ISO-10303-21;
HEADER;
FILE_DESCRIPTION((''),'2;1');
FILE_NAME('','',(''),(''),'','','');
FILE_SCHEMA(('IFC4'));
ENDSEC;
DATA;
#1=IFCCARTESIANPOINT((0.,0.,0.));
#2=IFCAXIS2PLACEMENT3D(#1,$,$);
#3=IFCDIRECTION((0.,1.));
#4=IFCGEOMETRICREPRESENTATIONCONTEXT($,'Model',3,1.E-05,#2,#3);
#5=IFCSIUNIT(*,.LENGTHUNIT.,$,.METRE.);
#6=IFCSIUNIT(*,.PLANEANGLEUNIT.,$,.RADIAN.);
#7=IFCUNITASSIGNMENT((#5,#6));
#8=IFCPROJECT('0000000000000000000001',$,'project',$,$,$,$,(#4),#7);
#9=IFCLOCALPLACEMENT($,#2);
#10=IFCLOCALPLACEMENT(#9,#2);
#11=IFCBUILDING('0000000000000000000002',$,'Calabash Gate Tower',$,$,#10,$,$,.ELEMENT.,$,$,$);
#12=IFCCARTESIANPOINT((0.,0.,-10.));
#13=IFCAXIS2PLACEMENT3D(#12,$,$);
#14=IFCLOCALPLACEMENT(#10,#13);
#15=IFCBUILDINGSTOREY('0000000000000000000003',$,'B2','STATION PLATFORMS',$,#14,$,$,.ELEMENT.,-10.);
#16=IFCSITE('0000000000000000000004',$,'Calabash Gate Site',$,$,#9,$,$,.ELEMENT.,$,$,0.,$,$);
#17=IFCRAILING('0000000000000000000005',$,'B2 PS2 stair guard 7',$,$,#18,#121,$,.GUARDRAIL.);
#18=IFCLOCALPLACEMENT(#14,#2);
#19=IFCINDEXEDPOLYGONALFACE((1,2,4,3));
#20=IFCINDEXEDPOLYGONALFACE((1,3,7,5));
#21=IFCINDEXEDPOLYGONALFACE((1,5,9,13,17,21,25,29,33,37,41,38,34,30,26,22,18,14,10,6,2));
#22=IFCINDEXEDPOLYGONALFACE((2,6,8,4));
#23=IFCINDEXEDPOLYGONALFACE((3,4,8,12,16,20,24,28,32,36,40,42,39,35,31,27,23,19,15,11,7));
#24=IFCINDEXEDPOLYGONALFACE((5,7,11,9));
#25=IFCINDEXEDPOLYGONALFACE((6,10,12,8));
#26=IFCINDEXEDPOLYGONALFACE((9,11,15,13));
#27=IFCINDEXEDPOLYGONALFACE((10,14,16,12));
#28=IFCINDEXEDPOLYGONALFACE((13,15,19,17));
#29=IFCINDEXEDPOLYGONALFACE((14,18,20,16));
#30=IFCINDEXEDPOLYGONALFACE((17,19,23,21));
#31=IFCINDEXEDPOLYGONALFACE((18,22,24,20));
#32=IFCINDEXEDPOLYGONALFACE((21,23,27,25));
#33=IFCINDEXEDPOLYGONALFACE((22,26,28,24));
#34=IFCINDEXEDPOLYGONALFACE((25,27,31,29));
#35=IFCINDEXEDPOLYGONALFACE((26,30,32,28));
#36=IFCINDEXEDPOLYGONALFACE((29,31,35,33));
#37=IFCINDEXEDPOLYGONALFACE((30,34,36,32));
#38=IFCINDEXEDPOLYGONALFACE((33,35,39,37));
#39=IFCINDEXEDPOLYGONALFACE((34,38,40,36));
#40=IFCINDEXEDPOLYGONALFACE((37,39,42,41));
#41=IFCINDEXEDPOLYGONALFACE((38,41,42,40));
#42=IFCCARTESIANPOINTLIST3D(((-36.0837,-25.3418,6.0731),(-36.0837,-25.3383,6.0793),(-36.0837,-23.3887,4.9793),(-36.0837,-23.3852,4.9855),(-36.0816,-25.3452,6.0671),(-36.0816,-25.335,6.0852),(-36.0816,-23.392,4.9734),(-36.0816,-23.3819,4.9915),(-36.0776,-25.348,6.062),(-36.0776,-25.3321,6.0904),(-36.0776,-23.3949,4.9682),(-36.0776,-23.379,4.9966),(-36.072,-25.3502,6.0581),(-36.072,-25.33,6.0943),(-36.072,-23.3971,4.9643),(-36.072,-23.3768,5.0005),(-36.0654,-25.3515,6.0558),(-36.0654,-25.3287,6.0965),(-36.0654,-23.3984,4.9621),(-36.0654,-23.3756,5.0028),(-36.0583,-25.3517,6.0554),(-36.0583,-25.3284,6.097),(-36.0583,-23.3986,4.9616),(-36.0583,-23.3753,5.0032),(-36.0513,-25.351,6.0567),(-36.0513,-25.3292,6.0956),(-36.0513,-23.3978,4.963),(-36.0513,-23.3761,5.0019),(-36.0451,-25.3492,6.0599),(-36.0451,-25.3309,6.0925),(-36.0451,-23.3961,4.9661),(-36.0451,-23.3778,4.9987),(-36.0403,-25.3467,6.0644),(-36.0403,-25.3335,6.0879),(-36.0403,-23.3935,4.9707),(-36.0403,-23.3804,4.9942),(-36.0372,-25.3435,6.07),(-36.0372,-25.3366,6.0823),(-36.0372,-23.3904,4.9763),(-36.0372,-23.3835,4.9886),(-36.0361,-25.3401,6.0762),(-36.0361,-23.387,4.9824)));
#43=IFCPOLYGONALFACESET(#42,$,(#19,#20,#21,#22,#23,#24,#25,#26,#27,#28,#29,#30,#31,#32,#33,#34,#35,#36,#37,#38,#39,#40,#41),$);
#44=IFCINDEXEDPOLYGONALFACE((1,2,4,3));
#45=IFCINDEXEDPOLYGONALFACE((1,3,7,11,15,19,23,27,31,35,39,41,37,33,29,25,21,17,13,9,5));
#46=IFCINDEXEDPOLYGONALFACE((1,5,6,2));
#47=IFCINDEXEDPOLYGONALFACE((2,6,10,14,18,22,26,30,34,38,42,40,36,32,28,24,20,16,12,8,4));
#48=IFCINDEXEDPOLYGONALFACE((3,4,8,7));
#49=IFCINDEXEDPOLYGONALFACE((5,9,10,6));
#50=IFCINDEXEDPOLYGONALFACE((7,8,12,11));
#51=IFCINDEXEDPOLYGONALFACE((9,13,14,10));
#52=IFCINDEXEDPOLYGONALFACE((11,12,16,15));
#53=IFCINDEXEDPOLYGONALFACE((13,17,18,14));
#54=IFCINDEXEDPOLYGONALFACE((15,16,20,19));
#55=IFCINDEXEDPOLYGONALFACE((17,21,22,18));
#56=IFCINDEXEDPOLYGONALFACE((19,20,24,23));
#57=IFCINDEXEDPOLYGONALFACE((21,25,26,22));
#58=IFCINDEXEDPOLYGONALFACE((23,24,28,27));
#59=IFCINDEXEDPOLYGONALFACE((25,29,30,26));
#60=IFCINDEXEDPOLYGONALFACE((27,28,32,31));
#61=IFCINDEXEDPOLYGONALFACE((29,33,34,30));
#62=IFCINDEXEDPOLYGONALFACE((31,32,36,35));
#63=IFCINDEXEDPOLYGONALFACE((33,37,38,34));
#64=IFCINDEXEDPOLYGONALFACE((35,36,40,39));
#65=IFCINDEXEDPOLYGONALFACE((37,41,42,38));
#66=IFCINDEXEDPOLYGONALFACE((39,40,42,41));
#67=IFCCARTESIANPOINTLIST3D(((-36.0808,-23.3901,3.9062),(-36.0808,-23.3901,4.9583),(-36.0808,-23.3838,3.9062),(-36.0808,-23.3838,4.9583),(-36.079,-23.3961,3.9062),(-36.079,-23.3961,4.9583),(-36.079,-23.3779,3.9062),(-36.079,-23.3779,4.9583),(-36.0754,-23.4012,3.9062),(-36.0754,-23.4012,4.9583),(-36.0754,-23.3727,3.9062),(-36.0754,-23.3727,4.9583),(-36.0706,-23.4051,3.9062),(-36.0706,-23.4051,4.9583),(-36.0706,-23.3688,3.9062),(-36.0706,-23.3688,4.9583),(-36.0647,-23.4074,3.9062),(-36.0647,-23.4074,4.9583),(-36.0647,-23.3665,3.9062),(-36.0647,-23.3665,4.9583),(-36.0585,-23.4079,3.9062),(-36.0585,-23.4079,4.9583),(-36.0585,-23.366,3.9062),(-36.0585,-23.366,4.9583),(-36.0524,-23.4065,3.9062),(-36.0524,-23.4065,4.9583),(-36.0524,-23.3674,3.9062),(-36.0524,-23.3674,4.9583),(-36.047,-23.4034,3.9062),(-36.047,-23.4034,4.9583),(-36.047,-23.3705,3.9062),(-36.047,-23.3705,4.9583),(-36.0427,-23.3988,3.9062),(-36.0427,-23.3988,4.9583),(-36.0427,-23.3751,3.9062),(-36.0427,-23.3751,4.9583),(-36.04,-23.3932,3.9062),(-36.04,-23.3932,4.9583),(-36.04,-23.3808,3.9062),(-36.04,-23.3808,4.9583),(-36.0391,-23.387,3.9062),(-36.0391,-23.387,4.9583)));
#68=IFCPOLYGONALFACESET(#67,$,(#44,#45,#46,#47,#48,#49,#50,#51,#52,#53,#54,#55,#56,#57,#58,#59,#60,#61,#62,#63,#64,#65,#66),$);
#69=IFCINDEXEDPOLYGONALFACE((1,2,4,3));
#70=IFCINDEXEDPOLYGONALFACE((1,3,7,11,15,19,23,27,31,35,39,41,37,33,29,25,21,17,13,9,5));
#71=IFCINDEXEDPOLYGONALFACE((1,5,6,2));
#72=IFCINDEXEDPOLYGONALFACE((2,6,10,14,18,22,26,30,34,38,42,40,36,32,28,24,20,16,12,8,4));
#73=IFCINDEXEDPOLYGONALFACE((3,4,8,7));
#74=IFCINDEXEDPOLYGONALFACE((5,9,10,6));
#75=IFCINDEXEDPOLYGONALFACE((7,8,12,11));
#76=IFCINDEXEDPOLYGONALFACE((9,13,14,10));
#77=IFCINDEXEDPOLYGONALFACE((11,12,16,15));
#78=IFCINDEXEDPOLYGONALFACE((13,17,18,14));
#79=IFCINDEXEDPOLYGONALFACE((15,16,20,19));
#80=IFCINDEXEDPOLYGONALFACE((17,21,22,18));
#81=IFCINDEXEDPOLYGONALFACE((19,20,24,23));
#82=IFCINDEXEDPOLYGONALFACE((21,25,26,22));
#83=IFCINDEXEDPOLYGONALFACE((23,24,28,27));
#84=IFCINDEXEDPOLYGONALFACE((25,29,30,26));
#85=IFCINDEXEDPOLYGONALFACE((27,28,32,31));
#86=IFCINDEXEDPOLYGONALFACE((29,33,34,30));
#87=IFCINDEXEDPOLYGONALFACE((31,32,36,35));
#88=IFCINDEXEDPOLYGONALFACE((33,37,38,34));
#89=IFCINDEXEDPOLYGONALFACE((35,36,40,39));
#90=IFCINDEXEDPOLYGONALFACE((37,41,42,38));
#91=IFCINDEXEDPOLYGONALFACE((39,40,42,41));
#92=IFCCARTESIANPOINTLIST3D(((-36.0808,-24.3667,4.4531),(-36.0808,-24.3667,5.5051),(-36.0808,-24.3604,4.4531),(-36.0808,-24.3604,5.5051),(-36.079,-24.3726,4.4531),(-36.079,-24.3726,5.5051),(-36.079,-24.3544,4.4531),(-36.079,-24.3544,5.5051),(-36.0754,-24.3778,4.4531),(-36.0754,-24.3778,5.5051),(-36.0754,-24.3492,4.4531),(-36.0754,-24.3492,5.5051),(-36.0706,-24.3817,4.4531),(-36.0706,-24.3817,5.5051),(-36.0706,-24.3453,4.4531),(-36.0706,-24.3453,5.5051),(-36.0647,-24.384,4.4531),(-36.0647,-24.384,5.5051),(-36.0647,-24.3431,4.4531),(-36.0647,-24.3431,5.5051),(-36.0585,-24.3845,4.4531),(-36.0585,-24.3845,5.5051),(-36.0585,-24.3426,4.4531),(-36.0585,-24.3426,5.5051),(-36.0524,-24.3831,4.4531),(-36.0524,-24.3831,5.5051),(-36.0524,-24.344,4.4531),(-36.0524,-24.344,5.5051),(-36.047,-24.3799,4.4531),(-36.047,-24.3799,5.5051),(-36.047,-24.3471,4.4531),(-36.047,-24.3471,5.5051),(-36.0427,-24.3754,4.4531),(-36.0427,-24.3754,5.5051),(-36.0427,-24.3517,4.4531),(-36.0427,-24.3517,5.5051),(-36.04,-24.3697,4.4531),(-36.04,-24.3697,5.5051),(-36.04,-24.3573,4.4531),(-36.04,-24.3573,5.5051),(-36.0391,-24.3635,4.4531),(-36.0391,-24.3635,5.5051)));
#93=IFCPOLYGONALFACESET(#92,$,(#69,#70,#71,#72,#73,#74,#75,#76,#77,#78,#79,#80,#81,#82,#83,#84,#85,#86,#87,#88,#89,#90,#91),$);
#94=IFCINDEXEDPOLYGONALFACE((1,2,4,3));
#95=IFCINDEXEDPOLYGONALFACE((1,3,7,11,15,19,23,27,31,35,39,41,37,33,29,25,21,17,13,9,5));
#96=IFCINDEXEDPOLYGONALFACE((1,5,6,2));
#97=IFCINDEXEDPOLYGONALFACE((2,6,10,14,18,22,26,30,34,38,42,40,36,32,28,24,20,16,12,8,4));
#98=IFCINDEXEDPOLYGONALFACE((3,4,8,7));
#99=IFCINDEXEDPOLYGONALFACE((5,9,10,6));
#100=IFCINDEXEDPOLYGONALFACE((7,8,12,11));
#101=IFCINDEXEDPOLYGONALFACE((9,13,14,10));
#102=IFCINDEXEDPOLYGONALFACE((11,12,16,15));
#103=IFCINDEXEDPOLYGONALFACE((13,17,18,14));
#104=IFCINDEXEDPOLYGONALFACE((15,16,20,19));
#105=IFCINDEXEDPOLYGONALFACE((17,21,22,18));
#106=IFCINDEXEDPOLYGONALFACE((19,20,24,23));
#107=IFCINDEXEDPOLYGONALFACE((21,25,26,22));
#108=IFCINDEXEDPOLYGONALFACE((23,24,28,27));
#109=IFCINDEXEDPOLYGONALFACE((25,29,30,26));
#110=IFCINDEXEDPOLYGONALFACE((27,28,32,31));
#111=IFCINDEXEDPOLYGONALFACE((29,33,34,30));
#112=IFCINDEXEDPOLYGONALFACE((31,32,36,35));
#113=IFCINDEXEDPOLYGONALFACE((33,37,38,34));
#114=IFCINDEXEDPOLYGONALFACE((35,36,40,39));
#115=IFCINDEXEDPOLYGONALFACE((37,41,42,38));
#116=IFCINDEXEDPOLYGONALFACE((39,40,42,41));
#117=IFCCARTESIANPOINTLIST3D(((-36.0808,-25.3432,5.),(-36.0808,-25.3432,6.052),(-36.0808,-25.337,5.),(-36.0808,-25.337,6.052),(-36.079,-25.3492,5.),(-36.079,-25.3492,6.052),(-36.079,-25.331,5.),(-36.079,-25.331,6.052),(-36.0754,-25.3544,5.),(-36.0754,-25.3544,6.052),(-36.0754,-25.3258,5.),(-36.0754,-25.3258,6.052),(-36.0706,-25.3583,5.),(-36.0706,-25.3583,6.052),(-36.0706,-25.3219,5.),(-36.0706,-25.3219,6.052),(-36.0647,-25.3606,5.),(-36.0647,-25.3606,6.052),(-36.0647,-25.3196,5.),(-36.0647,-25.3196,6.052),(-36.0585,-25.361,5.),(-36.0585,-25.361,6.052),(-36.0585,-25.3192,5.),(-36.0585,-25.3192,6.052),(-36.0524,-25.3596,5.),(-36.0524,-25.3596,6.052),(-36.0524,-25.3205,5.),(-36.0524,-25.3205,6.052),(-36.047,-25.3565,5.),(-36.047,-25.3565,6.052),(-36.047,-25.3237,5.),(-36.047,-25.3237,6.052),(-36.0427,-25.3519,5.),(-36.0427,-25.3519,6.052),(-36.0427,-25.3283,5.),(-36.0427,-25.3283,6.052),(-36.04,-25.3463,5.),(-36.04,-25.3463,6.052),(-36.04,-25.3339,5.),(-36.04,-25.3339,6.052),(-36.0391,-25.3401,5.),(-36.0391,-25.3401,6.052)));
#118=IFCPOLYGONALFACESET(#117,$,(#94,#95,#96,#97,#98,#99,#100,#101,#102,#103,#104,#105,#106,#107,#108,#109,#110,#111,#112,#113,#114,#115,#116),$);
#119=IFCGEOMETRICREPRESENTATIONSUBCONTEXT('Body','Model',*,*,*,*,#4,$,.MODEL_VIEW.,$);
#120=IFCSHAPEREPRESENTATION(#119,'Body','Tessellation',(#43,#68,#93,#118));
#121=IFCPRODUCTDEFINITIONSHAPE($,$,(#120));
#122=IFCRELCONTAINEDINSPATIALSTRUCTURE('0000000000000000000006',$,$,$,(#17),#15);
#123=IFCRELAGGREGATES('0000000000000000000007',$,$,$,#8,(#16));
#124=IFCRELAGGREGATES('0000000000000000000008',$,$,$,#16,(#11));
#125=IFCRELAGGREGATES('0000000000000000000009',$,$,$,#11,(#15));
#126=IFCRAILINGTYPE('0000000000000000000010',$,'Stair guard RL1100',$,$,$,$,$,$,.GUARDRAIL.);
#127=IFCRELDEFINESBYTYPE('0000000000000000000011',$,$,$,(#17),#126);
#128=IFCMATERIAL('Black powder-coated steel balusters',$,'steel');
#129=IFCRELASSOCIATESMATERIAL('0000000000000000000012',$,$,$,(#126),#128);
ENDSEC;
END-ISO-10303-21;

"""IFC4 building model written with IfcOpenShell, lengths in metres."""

from ifc_helpers import new_model, si_unit, direction, frame, origin, origin_2d, place, context, subcontext, project, spatial, circle, extrude, material, type_object, element, save


model = new_model("IFC4")

# Units and contexts
model_context = context("Model", 3, precision=1e-05, world=origin(), true_north=direction((0.0, 1.0)))
body_context = subcontext(model_context, "Body", "Model", "MODEL_VIEW")
ifc_project = project(units=[si_unit("LENGTHUNIT", "METRE"), si_unit("PLANEANGLEUNIT", "RADIAN")], contexts=[model_context])

# Site, building, storey
site_placement = place(None, origin())
site = spatial("IfcSite", under=ifc_project, at=site_placement, Name="Calabash Gate Site", CompositionType="ELEMENT", RefElevation=0.0)
building_placement = place(site_placement, origin())
building = spatial("IfcBuilding", under=site, at=building_placement, Name="Calabash Gate Tower", CompositionType="ELEMENT")
storey_placement = place(building_placement, frame((0.0, 0.0, -10.0)))
storey = spatial("IfcBuildingStorey", under=building, at=storey_placement, Name="B2", Description="STATION PLATFORMS", CompositionType="ELEMENT", Elevation=-10.0)

# Railing
ifc_material_1 = material(Name="Black powder-coated steel balusters", Category="steel")
railing_type_1 = type_object("IfcRailingType", Name="Stair guard RL1100", PredefinedType="GUARDRAIL", material=ifc_material_1)
railing_1_placement = place(storey_placement, frame((-36.0601, -23.387, 3.9062)))
element("IfcRailing", 1, at=railing_1_placement, inside=storey, type_object=railing_type_1, Name="B2 PS2 stair guard 7", PredefinedType="GUARDRAIL", context=body_context, shape_type="SweptSolid", body=[
    extrude(circle(Radius=0.0239, at=origin_2d()), frame((0.0, 0.0, 1.0762), z_axis=(0.0, -0.872506, 0.488603), x_axis=(1.0, 0.0, 0.0)), (0.0, 0.0, 1.0), 2.2385),
    extrude(circle(Radius=0.021, at=origin_2d()), origin(), (0.0, 0.0, 1.0), 1.052),
    extrude(circle(Radius=0.021, at=origin_2d()), frame((0.0, -0.9766, 0.5469)), (0.0, 0.0, 1.0), 1.052),
    extrude(circle(Radius=0.021, at=origin_2d()), frame((0.0, -1.9531, 1.0938)), (0.0, 0.0, 1.0), 1.052),
])

save(model, "model.ifc")
